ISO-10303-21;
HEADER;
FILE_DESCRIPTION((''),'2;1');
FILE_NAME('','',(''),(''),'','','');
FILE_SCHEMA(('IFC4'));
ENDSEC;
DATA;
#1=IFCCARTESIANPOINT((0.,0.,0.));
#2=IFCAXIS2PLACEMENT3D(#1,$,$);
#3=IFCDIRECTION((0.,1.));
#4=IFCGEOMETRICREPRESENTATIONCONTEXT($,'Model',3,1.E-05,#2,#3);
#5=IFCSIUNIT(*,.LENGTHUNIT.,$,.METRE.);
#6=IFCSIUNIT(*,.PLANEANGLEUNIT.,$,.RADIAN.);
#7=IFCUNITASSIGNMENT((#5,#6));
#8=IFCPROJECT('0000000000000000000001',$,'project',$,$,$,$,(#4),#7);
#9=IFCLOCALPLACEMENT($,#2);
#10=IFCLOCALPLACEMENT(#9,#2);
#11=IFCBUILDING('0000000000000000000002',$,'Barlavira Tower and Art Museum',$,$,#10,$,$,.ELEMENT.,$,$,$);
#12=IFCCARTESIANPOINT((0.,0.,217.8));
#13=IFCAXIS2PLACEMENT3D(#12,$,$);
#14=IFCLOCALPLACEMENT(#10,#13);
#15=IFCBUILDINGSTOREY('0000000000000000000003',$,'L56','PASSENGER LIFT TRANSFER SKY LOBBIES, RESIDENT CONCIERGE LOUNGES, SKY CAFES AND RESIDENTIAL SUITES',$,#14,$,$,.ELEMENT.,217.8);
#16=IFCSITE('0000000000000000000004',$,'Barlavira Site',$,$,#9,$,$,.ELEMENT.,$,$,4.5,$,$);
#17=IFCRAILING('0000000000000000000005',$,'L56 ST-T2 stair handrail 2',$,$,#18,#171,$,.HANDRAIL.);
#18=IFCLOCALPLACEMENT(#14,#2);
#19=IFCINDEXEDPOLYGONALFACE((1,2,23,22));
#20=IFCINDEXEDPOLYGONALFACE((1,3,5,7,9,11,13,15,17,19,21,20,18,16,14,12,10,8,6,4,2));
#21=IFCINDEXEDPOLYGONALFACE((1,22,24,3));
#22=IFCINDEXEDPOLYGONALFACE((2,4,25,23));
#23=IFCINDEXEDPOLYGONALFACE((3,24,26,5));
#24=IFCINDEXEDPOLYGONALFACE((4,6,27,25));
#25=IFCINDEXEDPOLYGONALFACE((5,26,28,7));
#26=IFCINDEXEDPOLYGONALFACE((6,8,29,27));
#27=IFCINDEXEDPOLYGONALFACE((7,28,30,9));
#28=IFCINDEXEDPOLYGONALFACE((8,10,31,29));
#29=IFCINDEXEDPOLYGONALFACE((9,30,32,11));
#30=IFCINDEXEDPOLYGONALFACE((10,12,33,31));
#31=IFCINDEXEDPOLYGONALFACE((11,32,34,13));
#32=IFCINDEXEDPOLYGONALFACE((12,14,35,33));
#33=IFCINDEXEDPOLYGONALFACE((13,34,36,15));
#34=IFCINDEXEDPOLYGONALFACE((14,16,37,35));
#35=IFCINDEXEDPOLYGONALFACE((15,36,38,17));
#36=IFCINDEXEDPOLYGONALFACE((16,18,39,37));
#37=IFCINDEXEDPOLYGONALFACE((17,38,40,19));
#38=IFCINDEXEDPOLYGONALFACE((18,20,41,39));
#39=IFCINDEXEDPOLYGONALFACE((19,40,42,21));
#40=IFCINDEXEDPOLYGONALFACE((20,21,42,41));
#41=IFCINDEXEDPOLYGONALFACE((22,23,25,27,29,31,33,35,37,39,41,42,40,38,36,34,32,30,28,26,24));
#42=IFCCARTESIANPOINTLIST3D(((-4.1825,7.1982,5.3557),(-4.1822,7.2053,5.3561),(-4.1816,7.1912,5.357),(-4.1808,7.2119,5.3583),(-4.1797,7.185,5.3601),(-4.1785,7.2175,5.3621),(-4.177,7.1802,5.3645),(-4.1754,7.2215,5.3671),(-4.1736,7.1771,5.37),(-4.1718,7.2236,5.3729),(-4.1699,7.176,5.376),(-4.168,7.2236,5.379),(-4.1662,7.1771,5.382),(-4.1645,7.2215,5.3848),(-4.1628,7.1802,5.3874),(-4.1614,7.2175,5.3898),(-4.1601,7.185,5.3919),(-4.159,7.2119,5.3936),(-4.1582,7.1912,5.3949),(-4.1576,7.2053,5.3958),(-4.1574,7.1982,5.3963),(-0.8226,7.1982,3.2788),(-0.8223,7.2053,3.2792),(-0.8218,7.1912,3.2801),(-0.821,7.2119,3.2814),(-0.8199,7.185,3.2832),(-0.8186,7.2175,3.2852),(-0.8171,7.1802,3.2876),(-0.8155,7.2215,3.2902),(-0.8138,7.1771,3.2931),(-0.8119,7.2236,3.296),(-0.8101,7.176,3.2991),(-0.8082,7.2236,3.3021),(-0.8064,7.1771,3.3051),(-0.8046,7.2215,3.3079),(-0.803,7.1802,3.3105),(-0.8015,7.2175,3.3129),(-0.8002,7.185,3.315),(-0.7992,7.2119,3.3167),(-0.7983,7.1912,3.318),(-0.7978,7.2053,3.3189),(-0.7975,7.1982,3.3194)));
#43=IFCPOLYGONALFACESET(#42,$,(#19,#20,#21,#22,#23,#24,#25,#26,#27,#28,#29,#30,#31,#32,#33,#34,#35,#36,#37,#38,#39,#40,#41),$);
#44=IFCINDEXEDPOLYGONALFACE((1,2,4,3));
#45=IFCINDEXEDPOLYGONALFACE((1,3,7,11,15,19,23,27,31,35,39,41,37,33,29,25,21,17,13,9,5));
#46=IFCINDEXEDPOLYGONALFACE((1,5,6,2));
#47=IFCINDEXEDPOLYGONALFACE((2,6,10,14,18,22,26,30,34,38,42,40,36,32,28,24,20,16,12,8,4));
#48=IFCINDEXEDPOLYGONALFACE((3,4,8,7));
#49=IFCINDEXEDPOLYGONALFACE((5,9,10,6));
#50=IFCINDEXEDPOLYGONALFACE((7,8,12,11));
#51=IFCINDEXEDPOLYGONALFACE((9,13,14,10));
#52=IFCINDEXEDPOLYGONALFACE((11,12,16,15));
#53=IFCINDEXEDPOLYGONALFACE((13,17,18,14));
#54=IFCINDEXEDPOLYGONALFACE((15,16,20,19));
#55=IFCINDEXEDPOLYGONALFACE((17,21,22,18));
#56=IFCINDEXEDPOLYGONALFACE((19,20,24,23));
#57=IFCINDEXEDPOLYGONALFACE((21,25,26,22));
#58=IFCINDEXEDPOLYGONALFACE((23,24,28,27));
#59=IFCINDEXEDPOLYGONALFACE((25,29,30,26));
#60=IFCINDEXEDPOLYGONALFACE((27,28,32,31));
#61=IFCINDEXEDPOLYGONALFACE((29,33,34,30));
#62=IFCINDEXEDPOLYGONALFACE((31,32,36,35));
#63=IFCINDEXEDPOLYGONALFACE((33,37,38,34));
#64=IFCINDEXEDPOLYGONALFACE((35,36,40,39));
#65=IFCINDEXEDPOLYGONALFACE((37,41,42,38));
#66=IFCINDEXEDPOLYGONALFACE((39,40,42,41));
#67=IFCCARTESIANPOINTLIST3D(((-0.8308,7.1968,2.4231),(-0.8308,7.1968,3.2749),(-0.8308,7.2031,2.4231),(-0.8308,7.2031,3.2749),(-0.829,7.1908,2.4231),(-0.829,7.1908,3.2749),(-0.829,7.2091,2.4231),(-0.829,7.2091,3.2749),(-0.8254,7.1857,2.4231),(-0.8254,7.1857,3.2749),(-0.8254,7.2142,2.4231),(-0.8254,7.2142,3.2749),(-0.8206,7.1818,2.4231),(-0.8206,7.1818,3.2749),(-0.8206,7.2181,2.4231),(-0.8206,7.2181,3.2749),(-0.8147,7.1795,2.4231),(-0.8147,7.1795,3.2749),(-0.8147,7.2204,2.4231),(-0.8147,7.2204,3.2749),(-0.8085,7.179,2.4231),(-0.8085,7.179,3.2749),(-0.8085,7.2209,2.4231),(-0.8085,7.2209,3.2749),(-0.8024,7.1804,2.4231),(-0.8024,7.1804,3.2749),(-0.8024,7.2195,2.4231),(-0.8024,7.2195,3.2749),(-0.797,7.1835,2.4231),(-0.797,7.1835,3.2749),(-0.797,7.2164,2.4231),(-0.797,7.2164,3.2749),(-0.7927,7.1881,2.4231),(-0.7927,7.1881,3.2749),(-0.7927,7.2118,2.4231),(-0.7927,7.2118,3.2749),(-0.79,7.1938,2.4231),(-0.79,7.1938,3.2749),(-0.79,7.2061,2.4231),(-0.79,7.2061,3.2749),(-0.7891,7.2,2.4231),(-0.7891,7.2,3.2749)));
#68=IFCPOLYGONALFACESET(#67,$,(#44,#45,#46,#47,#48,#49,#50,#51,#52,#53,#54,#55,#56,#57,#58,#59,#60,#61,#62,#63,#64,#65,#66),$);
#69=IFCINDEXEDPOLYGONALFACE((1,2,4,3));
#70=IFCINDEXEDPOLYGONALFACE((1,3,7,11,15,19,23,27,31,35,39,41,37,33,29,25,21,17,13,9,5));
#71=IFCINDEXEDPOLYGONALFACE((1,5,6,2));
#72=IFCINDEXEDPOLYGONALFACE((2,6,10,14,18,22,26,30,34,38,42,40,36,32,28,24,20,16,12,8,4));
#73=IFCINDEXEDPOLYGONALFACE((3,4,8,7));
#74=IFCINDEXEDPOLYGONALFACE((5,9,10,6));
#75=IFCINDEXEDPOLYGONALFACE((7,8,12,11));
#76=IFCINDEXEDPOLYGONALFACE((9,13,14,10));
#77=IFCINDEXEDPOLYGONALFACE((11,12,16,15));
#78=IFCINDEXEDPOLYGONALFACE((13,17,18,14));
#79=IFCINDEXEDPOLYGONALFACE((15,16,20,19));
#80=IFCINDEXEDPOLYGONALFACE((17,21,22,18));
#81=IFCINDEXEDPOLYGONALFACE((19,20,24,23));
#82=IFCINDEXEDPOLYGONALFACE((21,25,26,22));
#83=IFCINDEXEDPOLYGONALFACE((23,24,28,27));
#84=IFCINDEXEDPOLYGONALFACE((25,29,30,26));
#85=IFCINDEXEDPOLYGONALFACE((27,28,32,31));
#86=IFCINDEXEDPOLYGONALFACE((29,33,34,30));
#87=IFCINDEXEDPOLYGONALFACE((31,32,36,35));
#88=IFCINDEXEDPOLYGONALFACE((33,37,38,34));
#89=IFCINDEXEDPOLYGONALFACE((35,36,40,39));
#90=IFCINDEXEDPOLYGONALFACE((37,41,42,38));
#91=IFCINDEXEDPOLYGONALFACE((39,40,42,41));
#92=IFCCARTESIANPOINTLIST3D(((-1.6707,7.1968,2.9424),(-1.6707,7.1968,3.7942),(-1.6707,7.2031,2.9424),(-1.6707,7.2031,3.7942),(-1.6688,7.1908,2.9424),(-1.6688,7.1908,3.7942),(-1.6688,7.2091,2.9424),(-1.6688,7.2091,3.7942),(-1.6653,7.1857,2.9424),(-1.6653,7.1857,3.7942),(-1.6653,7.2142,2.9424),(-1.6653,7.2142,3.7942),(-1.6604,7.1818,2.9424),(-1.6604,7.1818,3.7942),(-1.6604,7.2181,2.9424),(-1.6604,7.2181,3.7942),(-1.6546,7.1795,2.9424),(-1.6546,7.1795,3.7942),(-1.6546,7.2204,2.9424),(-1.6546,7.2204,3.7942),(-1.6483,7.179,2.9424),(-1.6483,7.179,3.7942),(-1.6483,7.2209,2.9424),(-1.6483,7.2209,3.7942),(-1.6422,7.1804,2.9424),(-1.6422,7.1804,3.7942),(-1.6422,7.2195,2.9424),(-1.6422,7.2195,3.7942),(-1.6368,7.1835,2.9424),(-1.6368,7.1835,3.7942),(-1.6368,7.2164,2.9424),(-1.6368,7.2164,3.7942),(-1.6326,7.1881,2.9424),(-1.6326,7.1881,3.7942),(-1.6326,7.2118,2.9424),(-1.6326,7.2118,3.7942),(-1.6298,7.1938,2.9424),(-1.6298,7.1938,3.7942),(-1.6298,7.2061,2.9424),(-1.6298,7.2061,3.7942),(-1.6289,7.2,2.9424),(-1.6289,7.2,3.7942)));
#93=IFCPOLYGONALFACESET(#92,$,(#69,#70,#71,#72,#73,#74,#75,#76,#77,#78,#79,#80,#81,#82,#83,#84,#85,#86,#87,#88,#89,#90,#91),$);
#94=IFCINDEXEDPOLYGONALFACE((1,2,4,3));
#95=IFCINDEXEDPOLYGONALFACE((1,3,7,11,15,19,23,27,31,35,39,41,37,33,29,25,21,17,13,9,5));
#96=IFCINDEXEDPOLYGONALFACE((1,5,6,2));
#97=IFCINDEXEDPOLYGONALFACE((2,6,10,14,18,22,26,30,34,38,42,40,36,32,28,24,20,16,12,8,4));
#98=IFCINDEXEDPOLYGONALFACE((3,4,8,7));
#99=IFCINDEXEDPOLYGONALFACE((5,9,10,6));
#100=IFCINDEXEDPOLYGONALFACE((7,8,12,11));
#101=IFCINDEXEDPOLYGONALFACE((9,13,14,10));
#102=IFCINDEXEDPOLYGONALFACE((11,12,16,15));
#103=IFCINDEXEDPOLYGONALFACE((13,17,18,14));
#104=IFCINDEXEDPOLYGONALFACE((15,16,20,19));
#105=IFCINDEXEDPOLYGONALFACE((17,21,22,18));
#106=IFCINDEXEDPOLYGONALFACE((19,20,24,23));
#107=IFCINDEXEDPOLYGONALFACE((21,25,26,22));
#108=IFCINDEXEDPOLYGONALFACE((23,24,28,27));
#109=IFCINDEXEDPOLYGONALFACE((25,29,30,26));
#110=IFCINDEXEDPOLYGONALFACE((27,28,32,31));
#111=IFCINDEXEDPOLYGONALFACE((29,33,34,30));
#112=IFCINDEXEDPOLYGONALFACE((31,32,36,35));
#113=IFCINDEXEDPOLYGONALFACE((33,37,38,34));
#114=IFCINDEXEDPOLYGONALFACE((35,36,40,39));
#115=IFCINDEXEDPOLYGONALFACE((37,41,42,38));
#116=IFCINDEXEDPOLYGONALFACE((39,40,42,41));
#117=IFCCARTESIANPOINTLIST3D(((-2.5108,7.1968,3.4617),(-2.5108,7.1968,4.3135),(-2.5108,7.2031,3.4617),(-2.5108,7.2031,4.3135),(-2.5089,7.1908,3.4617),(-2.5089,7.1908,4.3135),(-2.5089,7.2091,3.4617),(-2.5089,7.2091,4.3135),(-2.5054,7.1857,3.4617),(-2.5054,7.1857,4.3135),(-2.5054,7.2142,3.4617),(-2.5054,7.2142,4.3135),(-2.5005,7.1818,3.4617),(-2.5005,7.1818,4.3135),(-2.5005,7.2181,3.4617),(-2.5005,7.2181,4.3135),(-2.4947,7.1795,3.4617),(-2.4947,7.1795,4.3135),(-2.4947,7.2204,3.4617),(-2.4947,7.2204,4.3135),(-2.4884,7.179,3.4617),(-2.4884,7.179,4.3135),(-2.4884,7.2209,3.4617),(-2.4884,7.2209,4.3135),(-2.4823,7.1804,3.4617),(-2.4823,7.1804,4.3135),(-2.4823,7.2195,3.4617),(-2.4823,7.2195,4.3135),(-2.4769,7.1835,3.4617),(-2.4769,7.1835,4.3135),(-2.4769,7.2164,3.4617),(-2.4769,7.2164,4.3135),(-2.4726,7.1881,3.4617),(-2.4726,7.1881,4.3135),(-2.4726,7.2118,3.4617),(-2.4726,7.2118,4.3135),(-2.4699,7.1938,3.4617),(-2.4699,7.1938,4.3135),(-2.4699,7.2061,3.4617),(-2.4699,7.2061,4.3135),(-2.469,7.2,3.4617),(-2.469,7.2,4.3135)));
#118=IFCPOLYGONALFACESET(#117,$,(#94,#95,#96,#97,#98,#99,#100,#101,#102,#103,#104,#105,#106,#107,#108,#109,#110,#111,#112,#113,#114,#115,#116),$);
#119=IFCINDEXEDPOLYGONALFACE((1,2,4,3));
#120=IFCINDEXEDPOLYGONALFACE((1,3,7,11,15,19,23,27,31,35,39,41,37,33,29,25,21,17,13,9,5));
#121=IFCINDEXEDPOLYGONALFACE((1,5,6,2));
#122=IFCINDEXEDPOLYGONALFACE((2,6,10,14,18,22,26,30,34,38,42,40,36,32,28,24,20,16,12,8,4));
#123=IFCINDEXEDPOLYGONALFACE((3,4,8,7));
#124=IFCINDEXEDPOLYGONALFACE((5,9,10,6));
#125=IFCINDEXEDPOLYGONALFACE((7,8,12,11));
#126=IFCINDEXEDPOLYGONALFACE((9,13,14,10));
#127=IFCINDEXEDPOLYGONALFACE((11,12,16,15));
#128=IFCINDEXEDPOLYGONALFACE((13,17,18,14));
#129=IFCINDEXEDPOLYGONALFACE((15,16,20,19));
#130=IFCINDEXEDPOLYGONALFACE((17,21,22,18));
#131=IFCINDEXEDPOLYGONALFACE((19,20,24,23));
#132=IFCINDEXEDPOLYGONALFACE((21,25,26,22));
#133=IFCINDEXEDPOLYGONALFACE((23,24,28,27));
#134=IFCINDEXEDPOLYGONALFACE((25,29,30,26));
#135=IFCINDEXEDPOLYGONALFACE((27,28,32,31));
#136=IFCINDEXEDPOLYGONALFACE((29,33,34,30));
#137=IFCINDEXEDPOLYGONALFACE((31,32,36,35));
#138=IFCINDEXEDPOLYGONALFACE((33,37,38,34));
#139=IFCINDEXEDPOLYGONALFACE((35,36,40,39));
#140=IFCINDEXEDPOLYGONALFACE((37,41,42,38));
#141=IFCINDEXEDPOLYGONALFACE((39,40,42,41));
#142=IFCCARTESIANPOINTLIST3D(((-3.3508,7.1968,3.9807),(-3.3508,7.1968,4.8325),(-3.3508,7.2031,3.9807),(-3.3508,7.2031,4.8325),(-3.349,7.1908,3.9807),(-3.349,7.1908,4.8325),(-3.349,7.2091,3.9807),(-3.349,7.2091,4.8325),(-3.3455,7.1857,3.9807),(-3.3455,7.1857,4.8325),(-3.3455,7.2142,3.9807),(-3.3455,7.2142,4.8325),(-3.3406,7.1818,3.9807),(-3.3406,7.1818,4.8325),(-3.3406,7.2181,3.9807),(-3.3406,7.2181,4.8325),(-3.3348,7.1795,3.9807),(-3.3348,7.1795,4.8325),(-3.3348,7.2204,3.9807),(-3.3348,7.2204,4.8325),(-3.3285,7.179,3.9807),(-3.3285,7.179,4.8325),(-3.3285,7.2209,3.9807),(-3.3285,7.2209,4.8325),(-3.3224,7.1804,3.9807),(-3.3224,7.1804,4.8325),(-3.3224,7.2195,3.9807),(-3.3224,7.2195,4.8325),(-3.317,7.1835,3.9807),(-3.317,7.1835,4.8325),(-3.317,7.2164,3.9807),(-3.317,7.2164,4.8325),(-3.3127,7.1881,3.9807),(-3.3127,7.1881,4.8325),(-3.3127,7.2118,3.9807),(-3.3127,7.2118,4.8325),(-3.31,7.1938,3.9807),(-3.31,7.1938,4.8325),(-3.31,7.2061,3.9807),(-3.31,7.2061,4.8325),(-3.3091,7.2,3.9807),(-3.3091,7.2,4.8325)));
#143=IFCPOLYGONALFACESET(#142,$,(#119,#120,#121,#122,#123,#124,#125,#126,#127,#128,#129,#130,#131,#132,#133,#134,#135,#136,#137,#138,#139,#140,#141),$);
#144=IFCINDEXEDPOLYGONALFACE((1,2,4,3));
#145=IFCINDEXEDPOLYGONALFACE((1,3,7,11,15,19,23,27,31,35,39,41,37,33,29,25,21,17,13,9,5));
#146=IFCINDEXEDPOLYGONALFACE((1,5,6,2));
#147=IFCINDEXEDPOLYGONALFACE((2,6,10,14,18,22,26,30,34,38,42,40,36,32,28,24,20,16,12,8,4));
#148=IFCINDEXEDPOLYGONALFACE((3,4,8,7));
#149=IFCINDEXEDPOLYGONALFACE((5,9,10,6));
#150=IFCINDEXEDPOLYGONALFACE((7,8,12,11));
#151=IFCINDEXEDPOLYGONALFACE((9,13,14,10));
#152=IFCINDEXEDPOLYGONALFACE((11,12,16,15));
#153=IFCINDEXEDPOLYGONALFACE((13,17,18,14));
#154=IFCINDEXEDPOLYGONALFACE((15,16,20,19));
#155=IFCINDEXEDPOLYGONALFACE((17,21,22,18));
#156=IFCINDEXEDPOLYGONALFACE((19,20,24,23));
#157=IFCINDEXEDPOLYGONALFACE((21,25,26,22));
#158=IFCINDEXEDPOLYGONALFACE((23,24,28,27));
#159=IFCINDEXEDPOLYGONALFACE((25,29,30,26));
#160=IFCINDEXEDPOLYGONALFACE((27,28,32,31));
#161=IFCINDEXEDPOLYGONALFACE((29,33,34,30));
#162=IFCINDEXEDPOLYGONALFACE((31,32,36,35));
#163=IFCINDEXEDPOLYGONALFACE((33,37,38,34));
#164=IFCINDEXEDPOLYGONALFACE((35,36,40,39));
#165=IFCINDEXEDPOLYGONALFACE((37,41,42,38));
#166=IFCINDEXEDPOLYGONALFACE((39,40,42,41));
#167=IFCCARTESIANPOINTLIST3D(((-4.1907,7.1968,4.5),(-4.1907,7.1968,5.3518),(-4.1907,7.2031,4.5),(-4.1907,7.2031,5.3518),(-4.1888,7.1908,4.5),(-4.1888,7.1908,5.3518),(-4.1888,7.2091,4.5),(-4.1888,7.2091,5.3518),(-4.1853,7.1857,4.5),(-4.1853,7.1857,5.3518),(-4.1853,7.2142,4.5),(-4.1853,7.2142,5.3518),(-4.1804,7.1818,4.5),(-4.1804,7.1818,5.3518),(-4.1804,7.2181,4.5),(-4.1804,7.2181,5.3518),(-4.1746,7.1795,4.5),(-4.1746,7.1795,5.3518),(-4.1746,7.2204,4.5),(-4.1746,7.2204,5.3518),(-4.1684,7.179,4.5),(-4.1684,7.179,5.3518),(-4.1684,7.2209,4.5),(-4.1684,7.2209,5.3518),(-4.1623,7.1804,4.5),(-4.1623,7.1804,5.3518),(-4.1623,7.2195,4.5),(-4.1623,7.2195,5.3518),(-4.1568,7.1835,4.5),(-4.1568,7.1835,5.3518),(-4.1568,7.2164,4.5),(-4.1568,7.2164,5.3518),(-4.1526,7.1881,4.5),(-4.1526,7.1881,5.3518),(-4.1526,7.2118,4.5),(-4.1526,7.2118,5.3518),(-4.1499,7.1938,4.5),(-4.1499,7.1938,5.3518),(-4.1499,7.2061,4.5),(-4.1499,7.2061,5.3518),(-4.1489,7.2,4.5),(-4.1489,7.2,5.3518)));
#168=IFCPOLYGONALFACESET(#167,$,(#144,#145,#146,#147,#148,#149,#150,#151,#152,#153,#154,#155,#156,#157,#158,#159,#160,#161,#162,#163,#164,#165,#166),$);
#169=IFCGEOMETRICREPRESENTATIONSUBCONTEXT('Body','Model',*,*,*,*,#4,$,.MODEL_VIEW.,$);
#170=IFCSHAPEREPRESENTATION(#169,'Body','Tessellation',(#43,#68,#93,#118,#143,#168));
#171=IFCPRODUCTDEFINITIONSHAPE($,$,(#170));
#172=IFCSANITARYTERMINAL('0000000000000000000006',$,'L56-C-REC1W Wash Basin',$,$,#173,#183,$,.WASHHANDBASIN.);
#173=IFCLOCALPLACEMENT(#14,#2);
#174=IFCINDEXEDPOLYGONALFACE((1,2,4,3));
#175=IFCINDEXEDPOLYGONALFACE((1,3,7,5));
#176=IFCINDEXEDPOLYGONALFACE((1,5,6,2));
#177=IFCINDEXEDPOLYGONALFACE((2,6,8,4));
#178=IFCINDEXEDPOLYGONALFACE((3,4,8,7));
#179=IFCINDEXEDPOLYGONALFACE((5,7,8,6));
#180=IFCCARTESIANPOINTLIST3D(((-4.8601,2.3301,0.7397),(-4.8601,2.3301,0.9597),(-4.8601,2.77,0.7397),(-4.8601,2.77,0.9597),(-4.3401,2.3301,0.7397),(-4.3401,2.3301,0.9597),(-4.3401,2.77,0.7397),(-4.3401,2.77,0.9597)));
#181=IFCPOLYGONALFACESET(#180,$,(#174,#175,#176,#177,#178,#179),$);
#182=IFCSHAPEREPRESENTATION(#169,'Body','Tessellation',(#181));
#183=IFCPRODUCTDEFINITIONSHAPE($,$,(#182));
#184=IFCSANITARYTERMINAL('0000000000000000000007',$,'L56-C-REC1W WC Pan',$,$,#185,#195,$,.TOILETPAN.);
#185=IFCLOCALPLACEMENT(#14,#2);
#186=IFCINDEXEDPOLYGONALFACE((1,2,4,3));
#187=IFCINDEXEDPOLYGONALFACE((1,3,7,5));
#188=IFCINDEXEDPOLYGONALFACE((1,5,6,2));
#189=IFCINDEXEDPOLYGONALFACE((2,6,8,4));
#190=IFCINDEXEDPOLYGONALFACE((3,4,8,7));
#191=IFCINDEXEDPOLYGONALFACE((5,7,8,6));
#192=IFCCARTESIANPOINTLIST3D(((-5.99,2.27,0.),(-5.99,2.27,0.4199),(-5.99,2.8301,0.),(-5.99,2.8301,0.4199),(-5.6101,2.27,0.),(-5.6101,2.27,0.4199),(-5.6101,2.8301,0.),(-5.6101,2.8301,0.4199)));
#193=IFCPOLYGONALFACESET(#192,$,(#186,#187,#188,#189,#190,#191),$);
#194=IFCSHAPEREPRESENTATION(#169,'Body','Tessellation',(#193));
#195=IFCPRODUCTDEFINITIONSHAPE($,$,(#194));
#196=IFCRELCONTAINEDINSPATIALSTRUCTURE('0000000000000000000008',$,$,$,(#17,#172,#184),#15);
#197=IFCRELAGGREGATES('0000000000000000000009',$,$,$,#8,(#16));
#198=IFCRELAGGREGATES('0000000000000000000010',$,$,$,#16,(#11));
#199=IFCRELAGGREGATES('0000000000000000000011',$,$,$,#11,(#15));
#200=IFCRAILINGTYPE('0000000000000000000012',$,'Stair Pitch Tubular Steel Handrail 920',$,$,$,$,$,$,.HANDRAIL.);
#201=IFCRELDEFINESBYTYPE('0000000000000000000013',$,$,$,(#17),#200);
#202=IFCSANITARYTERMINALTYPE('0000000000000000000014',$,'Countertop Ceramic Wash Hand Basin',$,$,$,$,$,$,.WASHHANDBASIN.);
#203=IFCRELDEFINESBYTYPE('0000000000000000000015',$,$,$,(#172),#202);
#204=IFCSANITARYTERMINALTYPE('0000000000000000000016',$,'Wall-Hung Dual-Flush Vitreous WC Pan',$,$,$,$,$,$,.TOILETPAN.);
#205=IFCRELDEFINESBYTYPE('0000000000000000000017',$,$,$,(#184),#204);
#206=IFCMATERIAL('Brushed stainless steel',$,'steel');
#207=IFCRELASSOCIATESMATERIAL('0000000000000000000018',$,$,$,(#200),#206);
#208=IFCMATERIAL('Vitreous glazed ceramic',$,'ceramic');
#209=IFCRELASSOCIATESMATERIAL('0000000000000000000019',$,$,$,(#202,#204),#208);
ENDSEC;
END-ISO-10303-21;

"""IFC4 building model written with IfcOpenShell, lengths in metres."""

from ifc_helpers import new_model, si_unit, direction, frame, origin, origin_2d, place, context, subcontext, project, spatial, rectangle, circle, extrude, material, type_object, element, save


model = new_model("IFC4")

# Units and contexts
model_context = context("Model", 3, precision=1e-05, world=origin(), true_north=direction((0.0, 1.0)))
body_context = subcontext(model_context, "Body", "Model", "MODEL_VIEW")
ifc_project = project(units=[si_unit("LENGTHUNIT", "METRE"), si_unit("PLANEANGLEUNIT", "RADIAN")], contexts=[model_context])

# Site, building, storey
site_placement = place(None, origin())
site = spatial("IfcSite", under=ifc_project, at=site_placement, Name="Barlavira Site", CompositionType="ELEMENT", RefElevation=4.5)
building_placement = place(site_placement, origin())
building = spatial("IfcBuilding", under=site, at=building_placement, Name="Barlavira Tower and Art Museum", CompositionType="ELEMENT")
storey_placement = place(building_placement, frame((0.0, 0.0, 217.8)))
storey = spatial("IfcBuildingStorey", under=building, at=storey_placement, Name="L56", Description="PASSENGER LIFT TRANSFER SKY LOBBIES, RESIDENT CONCIERGE LOUNGES, SKY CAFES AND RESIDENTIAL SUITES", CompositionType="ELEMENT", Elevation=217.8)

# Shared definitions
ifc_material_1 = material(Name="Brushed stainless steel", Category="steel")

# Railing
railing_type_1 = type_object("IfcRailingType", Name="Stair Pitch Tubular Steel Handrail 920", PredefinedType="HANDRAIL", material=ifc_material_1)
railing_1_placement = place(storey_placement, frame((-0.8101, 7.2, 2.4231)))
element("IfcRailing", 1, at=railing_1_placement, inside=storey, type_object=railing_type_1, Name="L56 ST-T2 stair handrail 2", PredefinedType="HANDRAIL", context=body_context, shape_type="SweptSolid", body=[
    extrude(circle(Radius=0.0239, at=origin_2d()), frame((0.0, 0.0, 0.876), z_axis=(-0.850606, 0.0, 0.525803), x_axis=(0.0, -1.0, 0.0)), (0.0, 0.0, 1.0), 3.95),
    extrude(circle(Radius=0.021, at=origin_2d()), origin(), (0.0, 0.0, 1.0), 0.8518),
    extrude(circle(Radius=0.021, at=origin_2d()), frame((-0.8398, 0.0, 0.5193)), (0.0, 0.0, 1.0), 0.8518),
    extrude(circle(Radius=0.021, at=origin_2d()), frame((-1.6799, 0.0, 1.0386)), (0.0, 0.0, 1.0), 0.8518),
    extrude(circle(Radius=0.021, at=origin_2d()), frame((-2.52, 0.0, 1.5576)), (0.0, 0.0, 1.0), 0.8518),
    extrude(circle(Radius=0.021, at=origin_2d()), frame((-3.3599, 0.0, 2.0769)), (0.0, 0.0, 1.0), 0.8518),
])

# Sanitary terminals
ifc_material_2 = material(Name="Vitreous glazed ceramic", Category="ceramic")
sanitary_terminal_type_1 = type_object("IfcSanitaryTerminalType", Name="Countertop Ceramic Wash Hand Basin", PredefinedType="WASHHANDBASIN", material=ifc_material_2)
sanitary_terminal_1_placement = place(storey_placement, frame((-4.6001, 2.55, 0.7397), z_axis=(0.0, 0.0, 1.0), x_axis=(1.0, 0.0, 0.0)))
element("IfcSanitaryTerminal", 2, at=sanitary_terminal_1_placement, inside=storey, type_object=sanitary_terminal_type_1, Name="L56-C-REC1W Wash Basin", PredefinedType="WASHHANDBASIN", context=body_context, shape_type="SweptSolid", body=[
    extrude(rectangle(XDim=0.52, YDim=0.4399, at=origin_2d()), origin(), (0.0, 0.0, 1.0), 0.22),
])
sanitary_terminal_type_2 = type_object("IfcSanitaryTerminalType", Name="Wall-Hung Dual-Flush Vitreous WC Pan", PredefinedType="TOILETPAN", material=ifc_material_2)
sanitary_terminal_2_placement = place(storey_placement, frame((-5.8, 2.55, 0.0), z_axis=(0.0, 0.0, 1.0), x_axis=(1.0, 0.0, 0.0)))
element("IfcSanitaryTerminal", 3, at=sanitary_terminal_2_placement, inside=storey, type_object=sanitary_terminal_type_2, Name="L56-C-REC1W WC Pan", PredefinedType="TOILETPAN", context=body_context, shape_type="SweptSolid", body=[
    extrude(rectangle(XDim=0.3799, YDim=0.5601, at=origin_2d()), origin(), (0.0, 0.0, 1.0), 0.4199),
])

save(model, "model.ifc")
